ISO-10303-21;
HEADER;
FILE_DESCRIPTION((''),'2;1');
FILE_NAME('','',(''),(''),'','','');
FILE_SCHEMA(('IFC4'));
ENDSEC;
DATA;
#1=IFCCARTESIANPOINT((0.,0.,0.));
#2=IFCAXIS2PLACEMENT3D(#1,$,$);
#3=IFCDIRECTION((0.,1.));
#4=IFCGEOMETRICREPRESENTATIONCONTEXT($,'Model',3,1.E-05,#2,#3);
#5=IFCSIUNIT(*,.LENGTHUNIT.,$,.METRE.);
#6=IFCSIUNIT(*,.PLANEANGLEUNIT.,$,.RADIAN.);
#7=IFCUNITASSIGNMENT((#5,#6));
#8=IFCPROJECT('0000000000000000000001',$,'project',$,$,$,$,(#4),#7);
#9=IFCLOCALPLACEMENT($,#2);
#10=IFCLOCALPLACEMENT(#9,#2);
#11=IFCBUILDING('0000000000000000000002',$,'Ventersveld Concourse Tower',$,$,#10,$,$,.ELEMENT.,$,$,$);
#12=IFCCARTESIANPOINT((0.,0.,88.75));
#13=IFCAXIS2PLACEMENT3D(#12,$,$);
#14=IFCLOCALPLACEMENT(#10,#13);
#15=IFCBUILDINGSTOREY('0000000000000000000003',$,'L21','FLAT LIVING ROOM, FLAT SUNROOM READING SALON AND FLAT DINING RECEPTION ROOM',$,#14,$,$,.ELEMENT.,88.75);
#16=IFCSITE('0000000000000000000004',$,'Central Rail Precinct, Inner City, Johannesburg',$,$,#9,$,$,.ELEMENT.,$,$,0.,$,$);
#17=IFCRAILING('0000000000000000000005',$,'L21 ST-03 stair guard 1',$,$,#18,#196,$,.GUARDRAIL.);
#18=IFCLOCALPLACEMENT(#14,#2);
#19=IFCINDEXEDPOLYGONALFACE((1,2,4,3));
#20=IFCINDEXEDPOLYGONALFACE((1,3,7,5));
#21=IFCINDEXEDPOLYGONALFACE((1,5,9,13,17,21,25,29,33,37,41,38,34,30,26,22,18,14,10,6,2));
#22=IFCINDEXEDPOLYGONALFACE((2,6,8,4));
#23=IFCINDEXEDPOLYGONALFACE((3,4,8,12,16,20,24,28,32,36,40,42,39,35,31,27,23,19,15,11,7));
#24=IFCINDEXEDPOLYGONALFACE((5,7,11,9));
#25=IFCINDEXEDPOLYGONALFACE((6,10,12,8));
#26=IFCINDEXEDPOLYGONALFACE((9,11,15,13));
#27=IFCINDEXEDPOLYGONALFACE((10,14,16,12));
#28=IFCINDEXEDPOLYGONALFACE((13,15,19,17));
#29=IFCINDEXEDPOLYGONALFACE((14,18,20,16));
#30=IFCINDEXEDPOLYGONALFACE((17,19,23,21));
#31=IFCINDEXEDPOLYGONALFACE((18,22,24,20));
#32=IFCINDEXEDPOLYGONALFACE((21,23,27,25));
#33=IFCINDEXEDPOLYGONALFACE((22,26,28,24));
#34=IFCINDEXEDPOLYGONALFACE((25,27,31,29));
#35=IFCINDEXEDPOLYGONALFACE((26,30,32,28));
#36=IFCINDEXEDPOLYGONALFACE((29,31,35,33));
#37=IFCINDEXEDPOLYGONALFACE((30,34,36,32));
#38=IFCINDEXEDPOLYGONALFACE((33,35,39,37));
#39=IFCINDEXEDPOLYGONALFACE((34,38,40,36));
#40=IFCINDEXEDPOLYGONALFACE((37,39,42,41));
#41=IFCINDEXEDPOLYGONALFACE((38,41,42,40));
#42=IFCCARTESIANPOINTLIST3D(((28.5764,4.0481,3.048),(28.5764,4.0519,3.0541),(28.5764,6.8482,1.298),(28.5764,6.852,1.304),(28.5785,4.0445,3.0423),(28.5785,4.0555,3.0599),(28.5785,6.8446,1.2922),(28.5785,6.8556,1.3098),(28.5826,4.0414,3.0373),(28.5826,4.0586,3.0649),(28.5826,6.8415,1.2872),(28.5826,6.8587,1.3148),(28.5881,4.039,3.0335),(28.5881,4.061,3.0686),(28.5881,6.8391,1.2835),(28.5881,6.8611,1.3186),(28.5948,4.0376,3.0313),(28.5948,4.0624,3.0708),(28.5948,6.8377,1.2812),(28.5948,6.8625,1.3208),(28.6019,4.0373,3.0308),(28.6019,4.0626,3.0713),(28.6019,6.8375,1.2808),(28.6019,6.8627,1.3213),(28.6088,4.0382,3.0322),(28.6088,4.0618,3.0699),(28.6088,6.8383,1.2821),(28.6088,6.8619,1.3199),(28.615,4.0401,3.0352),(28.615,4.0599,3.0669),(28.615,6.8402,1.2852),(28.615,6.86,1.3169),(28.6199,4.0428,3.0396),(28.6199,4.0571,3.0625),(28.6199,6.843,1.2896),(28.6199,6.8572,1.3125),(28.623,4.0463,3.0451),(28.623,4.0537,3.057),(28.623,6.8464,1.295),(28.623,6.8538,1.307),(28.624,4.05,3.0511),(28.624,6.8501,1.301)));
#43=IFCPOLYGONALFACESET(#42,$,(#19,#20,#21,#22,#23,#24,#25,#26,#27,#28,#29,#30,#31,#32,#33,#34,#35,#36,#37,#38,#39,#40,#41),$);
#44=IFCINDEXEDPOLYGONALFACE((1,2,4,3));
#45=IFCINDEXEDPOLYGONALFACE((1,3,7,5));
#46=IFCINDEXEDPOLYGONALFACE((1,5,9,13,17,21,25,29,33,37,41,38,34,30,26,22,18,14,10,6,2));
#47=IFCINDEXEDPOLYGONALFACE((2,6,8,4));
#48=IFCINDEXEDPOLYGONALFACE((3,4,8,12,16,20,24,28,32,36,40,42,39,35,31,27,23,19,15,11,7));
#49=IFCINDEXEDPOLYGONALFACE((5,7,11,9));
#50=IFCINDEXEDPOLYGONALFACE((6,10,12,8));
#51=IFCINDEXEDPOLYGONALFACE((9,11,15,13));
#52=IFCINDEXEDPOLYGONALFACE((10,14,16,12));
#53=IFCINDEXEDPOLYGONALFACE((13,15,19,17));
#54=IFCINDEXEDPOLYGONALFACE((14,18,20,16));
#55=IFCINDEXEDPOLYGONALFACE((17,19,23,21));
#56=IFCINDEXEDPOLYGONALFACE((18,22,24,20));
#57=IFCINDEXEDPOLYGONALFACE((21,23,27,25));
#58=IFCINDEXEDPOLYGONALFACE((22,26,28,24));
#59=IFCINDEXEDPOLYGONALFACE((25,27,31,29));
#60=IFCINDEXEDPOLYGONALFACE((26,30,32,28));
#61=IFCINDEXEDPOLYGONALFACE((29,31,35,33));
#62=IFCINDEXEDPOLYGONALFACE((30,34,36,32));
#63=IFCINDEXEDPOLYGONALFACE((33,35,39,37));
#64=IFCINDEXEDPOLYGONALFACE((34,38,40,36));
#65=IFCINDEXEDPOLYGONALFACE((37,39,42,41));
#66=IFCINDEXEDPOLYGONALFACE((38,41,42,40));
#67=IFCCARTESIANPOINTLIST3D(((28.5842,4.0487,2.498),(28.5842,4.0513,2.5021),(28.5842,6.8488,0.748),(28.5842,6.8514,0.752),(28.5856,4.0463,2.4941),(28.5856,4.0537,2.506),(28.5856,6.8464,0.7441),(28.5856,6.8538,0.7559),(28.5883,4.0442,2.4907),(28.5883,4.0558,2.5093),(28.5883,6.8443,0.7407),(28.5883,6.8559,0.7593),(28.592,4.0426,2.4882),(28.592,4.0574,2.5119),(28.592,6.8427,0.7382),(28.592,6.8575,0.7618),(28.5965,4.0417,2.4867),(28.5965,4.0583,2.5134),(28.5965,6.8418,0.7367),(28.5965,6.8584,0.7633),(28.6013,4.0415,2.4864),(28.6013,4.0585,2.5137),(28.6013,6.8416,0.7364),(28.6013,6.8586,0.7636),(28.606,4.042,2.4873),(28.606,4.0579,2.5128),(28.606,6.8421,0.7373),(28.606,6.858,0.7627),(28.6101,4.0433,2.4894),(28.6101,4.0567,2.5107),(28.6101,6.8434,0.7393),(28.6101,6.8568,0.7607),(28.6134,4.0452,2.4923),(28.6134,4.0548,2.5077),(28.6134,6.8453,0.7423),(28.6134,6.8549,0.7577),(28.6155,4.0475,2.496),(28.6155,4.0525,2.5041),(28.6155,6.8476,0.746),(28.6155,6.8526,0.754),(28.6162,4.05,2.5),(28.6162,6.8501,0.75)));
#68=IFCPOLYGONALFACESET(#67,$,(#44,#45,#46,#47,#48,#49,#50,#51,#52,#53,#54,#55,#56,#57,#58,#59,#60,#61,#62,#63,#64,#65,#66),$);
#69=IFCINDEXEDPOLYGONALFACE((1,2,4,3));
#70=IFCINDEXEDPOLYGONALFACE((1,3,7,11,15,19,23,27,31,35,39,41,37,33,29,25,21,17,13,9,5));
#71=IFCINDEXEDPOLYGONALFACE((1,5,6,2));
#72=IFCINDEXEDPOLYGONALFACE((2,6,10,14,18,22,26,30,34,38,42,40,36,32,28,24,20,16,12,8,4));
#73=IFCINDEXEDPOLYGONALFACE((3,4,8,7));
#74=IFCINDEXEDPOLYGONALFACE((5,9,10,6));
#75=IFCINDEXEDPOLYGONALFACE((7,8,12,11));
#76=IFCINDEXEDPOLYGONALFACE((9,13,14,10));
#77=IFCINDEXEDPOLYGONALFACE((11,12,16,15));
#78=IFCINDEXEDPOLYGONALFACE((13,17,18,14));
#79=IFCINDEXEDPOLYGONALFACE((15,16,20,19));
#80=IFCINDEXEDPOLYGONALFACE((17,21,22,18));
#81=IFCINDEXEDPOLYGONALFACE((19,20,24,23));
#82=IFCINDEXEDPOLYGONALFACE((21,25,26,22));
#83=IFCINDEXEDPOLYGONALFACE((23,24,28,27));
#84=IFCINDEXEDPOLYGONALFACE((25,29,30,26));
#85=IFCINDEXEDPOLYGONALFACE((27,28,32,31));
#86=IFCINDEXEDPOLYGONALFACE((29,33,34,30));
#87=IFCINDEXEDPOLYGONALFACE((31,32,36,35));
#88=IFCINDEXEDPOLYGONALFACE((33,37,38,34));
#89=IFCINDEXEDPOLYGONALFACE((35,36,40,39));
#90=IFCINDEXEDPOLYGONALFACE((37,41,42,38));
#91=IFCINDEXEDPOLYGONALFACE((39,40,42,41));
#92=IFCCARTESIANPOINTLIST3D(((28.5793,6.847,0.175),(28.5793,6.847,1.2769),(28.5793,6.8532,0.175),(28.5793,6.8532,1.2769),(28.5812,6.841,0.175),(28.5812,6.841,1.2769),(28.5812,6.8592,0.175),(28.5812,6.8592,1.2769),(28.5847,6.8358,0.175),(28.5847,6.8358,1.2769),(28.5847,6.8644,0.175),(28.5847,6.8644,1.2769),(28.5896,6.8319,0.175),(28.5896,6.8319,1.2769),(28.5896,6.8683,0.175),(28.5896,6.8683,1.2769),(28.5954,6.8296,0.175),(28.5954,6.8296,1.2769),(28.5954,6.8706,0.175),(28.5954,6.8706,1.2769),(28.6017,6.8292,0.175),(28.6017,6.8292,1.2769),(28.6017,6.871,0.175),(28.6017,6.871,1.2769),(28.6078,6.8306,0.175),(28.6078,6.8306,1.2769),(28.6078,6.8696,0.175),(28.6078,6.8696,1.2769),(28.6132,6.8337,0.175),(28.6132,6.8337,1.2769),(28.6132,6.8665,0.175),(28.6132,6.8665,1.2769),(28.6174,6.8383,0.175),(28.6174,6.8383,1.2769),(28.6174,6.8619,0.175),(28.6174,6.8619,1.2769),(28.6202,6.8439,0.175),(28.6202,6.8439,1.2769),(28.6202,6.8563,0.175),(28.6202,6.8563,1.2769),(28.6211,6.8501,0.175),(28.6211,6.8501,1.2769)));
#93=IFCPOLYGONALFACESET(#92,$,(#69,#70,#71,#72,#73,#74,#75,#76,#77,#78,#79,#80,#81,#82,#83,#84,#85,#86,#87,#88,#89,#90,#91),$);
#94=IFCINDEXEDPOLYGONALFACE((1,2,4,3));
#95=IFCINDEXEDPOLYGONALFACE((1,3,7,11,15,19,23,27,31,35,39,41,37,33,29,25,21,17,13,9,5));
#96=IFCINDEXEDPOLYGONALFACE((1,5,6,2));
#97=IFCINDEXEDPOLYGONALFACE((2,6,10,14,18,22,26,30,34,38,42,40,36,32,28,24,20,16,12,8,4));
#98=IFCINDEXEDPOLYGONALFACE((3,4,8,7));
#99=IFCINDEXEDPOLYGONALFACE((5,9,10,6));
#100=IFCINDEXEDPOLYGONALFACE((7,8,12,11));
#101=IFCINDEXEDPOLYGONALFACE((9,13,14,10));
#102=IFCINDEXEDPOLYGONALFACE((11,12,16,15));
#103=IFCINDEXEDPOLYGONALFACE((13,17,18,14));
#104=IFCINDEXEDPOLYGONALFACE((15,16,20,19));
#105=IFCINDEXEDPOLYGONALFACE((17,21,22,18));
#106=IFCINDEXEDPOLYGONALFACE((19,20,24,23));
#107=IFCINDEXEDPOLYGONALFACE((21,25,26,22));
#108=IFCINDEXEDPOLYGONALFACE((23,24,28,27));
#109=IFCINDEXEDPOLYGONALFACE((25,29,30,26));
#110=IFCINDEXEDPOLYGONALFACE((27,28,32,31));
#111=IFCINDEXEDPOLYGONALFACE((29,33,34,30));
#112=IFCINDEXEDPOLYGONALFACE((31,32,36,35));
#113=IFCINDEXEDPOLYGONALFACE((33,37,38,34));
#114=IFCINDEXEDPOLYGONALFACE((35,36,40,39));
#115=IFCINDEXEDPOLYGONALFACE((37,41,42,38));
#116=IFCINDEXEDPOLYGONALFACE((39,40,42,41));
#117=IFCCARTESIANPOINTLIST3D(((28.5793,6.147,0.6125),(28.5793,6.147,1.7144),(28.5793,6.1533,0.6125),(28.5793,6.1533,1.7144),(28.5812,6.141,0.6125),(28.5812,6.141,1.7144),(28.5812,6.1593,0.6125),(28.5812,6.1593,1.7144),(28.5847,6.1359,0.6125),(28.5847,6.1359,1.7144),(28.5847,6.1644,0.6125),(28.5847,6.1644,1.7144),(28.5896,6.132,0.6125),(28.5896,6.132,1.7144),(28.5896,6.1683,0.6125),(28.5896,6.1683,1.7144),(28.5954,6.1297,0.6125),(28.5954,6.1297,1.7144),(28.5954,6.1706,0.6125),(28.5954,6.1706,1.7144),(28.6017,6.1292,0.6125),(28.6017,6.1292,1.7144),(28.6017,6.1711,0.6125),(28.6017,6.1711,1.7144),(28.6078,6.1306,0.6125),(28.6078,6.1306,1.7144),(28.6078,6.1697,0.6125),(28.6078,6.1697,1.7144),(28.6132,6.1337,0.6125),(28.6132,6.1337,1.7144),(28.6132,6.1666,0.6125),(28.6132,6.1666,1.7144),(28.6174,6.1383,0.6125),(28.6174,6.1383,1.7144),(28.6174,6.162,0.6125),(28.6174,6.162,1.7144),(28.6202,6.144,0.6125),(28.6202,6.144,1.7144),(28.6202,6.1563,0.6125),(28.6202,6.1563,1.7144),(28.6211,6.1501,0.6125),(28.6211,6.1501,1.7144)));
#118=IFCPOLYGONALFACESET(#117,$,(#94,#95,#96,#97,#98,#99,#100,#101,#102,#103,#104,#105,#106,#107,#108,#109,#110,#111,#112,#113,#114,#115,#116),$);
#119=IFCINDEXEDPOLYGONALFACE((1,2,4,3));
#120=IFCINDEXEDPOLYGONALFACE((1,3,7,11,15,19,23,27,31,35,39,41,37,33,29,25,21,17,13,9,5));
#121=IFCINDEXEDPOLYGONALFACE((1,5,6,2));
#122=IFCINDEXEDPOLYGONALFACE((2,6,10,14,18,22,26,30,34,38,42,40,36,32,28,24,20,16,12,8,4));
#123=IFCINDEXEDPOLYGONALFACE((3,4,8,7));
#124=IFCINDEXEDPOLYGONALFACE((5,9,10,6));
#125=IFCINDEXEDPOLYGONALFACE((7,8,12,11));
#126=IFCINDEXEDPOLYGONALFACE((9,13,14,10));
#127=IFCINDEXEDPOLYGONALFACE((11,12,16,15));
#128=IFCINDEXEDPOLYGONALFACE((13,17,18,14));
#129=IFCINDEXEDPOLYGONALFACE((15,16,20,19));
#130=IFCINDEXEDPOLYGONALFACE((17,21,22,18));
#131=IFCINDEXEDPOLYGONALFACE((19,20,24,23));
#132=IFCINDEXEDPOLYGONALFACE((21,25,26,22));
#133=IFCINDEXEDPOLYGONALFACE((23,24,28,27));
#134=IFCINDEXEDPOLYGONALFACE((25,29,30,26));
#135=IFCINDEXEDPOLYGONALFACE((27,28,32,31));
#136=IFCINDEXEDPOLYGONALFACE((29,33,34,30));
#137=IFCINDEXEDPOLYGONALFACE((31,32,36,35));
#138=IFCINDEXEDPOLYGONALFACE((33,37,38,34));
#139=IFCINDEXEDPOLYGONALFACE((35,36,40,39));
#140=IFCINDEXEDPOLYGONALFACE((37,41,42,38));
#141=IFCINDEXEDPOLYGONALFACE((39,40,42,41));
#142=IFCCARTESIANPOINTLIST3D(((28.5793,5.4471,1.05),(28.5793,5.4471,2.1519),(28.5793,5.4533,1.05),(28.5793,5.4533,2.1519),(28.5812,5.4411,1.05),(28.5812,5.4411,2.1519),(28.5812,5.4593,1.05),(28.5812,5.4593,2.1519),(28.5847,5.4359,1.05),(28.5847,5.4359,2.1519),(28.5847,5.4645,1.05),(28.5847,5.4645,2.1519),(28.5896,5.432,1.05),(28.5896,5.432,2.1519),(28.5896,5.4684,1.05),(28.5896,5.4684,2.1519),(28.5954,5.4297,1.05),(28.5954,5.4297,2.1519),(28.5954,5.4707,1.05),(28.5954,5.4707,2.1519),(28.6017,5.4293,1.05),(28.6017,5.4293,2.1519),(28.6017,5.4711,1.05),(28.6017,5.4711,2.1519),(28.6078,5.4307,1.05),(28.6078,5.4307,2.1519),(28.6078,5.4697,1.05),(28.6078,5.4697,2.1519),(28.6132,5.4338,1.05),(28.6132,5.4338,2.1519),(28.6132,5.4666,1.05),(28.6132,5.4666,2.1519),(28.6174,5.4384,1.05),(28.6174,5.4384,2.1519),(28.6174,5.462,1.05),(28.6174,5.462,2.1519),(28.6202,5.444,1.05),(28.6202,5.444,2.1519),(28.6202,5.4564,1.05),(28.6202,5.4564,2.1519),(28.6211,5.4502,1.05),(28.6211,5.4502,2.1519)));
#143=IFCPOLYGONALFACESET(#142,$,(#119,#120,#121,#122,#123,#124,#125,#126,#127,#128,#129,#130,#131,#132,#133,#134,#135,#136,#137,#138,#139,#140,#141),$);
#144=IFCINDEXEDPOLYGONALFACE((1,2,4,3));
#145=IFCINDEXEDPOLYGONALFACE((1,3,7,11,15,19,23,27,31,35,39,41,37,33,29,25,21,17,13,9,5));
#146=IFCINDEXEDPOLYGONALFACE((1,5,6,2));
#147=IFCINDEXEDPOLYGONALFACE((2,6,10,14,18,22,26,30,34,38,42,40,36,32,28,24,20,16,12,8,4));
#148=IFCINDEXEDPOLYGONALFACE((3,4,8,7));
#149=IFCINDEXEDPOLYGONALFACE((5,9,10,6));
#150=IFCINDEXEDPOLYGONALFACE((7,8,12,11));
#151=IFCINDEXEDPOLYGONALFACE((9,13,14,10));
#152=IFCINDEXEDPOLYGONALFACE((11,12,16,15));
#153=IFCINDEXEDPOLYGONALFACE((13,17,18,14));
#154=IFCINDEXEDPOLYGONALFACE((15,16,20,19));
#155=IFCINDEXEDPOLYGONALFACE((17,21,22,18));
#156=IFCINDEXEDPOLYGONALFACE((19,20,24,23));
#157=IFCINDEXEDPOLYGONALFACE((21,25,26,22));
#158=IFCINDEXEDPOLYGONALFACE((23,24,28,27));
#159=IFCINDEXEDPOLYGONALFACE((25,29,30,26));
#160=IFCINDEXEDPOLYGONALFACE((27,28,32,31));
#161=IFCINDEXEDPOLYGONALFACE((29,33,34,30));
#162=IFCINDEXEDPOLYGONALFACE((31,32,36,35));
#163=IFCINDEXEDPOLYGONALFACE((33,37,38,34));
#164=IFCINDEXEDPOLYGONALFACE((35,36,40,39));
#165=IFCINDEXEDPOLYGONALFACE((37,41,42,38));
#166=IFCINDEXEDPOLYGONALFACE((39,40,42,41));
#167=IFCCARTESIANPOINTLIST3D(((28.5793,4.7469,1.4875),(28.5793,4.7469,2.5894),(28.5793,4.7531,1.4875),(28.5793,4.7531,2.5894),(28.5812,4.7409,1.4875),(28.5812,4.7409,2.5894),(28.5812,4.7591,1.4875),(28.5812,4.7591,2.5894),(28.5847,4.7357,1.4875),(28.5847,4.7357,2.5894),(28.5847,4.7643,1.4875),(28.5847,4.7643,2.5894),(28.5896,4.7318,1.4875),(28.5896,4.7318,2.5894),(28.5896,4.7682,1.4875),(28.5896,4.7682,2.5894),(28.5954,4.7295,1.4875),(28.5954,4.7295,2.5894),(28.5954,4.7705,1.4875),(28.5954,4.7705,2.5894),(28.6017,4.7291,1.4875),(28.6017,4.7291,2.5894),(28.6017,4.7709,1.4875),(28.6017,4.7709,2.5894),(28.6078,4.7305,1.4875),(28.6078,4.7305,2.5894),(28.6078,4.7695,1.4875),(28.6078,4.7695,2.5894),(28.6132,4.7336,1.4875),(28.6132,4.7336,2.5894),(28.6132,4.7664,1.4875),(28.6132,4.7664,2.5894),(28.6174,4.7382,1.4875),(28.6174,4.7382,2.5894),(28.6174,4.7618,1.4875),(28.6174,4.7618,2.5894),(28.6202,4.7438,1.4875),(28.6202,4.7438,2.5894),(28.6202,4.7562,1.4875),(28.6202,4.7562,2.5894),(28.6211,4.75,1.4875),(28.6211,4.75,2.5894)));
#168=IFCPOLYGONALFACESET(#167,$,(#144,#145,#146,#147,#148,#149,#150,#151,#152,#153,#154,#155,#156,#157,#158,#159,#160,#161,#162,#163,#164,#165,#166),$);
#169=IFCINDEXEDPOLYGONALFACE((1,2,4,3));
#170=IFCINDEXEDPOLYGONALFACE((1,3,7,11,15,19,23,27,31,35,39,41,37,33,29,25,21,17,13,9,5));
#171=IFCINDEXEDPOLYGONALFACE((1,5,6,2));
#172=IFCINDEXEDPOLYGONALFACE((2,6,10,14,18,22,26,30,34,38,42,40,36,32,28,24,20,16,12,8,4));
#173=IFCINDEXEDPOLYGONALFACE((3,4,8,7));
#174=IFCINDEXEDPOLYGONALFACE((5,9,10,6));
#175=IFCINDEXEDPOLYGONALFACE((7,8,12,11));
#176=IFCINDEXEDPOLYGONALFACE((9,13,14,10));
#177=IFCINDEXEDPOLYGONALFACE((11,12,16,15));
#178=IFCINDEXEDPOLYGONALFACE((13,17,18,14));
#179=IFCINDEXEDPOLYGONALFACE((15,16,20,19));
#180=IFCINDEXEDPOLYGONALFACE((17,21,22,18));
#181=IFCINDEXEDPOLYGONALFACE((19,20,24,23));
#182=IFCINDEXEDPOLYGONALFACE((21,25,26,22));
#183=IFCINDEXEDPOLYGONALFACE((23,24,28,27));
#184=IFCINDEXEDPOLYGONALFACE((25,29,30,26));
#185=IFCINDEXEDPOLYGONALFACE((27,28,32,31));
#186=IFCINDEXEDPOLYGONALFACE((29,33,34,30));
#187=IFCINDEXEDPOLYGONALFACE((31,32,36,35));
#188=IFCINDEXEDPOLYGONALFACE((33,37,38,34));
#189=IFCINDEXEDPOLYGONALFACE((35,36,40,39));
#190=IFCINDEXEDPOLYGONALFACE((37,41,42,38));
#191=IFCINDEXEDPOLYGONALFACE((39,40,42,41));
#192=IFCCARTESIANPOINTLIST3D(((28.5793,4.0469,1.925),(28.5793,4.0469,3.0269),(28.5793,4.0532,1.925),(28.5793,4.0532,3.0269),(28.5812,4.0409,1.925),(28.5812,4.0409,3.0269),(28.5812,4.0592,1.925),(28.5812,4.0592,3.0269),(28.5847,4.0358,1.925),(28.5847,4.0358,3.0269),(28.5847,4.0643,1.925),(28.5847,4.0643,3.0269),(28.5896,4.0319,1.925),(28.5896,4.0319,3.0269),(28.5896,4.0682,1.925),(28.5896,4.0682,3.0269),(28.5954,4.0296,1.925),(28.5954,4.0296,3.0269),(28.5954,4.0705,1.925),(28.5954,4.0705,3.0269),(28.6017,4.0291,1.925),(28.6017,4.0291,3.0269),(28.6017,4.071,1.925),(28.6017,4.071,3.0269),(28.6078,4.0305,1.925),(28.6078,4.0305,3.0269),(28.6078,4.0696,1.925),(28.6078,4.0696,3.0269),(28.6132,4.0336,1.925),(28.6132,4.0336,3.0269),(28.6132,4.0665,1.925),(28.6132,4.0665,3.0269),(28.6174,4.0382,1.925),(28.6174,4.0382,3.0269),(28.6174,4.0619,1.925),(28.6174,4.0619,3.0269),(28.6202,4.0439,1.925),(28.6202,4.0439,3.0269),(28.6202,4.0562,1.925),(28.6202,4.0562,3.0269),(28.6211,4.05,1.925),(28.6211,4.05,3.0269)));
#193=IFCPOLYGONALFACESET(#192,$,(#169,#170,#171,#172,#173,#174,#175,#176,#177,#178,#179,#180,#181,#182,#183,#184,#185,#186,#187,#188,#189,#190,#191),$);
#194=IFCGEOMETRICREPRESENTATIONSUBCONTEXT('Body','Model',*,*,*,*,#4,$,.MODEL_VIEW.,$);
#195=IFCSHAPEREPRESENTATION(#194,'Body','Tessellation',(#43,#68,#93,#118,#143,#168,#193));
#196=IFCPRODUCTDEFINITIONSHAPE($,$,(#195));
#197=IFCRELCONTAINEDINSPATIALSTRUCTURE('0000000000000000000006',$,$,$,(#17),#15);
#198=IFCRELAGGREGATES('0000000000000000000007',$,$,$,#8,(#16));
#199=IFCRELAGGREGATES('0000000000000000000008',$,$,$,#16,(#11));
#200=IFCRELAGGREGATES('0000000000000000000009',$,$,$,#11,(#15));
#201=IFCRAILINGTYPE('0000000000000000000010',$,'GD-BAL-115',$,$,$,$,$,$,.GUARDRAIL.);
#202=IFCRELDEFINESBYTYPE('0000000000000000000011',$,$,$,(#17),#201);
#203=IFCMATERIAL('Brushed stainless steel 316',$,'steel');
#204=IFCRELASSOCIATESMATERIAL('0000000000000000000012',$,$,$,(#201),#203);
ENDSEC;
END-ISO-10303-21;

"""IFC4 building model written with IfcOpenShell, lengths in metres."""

from ifc_helpers import new_model, si_unit, direction, frame, origin, origin_2d, place, context, subcontext, project, spatial, circle, extrude, material, type_object, element, save


model = new_model("IFC4")

# Units and contexts
model_context = context("Model", 3, precision=1e-05, world=origin(), true_north=direction((0.0, 1.0)))
body_context = subcontext(model_context, "Body", "Model", "MODEL_VIEW")
ifc_project = project(units=[si_unit("LENGTHUNIT", "METRE"), si_unit("PLANEANGLEUNIT", "RADIAN")], contexts=[model_context])

# Site, building, storey
site_placement = place(None, origin())
site = spatial("IfcSite", under=ifc_project, at=site_placement, Name="Central Rail Precinct, Inner City, Johannesburg", CompositionType="ELEMENT", RefElevation=0.0)
building_placement = place(site_placement, origin())
building = spatial("IfcBuilding", under=site, at=building_placement, Name="Ventersveld Concourse Tower", CompositionType="ELEMENT")
storey_placement = place(building_placement, frame((0.0, 0.0, 88.75)))
storey = spatial("IfcBuildingStorey", under=building, at=storey_placement, Name="L21", Description="FLAT LIVING ROOM, FLAT SUNROOM READING SALON AND FLAT DINING RECEPTION ROOM", CompositionType="ELEMENT", Elevation=88.75)

# Shared definitions
ifc_material_1 = material(Name="Brushed stainless steel 316", Category="steel")

# Railing
railing_type = type_object("IfcRailingType", Name="GD-BAL-115", PredefinedType="GUARDRAIL", material=ifc_material_1)
railing_1_placement = place(storey_placement, frame((28.6001, 6.8501, 0.175)))
element("IfcRailing", 1, at=railing_1_placement, inside=storey, type_object=railing_type, Name="L21 ST-03 stair guard 1", PredefinedType="GUARDRAIL", context=body_context, shape_type="SweptSolid", body=[
    extrude(circle(Radius=0.0239, at=origin_2d()), frame((0.0, 0.0, 1.126), z_axis=(0.0, -0.848002, 0.529992), x_axis=(1.0, 0.0, 0.0)), (0.0, 0.0, 1.0), 3.302),
    extrude(circle(Radius=0.0161, at=origin_2d()), frame((0.0, 0.0, 0.575), z_axis=(0.0, -0.848002, 0.529992), x_axis=(1.0, 0.0, 0.0)), (0.0, 0.0, 1.0), 3.302),
    extrude(circle(Radius=0.021, at=origin_2d()), origin(), (0.0, 0.0, 1.0), 1.1018),
    extrude(circle(Radius=0.021, at=origin_2d()), frame((0.0, -0.7, 0.4375)), (0.0, 0.0, 1.0), 1.1018),
    extrude(circle(Radius=0.021, at=origin_2d()), frame((0.0, -1.3999, 0.875)), (0.0, 0.0, 1.0), 1.1018),
    extrude(circle(Radius=0.021, at=origin_2d()), frame((0.0, -2.1001, 1.3125)), (0.0, 0.0, 1.0), 1.1018),
    extrude(circle(Radius=0.021, at=origin_2d()), frame((0.0, -2.8, 1.75)), (0.0, 0.0, 1.0), 1.1018),
])

save(model, "model.ifc")
